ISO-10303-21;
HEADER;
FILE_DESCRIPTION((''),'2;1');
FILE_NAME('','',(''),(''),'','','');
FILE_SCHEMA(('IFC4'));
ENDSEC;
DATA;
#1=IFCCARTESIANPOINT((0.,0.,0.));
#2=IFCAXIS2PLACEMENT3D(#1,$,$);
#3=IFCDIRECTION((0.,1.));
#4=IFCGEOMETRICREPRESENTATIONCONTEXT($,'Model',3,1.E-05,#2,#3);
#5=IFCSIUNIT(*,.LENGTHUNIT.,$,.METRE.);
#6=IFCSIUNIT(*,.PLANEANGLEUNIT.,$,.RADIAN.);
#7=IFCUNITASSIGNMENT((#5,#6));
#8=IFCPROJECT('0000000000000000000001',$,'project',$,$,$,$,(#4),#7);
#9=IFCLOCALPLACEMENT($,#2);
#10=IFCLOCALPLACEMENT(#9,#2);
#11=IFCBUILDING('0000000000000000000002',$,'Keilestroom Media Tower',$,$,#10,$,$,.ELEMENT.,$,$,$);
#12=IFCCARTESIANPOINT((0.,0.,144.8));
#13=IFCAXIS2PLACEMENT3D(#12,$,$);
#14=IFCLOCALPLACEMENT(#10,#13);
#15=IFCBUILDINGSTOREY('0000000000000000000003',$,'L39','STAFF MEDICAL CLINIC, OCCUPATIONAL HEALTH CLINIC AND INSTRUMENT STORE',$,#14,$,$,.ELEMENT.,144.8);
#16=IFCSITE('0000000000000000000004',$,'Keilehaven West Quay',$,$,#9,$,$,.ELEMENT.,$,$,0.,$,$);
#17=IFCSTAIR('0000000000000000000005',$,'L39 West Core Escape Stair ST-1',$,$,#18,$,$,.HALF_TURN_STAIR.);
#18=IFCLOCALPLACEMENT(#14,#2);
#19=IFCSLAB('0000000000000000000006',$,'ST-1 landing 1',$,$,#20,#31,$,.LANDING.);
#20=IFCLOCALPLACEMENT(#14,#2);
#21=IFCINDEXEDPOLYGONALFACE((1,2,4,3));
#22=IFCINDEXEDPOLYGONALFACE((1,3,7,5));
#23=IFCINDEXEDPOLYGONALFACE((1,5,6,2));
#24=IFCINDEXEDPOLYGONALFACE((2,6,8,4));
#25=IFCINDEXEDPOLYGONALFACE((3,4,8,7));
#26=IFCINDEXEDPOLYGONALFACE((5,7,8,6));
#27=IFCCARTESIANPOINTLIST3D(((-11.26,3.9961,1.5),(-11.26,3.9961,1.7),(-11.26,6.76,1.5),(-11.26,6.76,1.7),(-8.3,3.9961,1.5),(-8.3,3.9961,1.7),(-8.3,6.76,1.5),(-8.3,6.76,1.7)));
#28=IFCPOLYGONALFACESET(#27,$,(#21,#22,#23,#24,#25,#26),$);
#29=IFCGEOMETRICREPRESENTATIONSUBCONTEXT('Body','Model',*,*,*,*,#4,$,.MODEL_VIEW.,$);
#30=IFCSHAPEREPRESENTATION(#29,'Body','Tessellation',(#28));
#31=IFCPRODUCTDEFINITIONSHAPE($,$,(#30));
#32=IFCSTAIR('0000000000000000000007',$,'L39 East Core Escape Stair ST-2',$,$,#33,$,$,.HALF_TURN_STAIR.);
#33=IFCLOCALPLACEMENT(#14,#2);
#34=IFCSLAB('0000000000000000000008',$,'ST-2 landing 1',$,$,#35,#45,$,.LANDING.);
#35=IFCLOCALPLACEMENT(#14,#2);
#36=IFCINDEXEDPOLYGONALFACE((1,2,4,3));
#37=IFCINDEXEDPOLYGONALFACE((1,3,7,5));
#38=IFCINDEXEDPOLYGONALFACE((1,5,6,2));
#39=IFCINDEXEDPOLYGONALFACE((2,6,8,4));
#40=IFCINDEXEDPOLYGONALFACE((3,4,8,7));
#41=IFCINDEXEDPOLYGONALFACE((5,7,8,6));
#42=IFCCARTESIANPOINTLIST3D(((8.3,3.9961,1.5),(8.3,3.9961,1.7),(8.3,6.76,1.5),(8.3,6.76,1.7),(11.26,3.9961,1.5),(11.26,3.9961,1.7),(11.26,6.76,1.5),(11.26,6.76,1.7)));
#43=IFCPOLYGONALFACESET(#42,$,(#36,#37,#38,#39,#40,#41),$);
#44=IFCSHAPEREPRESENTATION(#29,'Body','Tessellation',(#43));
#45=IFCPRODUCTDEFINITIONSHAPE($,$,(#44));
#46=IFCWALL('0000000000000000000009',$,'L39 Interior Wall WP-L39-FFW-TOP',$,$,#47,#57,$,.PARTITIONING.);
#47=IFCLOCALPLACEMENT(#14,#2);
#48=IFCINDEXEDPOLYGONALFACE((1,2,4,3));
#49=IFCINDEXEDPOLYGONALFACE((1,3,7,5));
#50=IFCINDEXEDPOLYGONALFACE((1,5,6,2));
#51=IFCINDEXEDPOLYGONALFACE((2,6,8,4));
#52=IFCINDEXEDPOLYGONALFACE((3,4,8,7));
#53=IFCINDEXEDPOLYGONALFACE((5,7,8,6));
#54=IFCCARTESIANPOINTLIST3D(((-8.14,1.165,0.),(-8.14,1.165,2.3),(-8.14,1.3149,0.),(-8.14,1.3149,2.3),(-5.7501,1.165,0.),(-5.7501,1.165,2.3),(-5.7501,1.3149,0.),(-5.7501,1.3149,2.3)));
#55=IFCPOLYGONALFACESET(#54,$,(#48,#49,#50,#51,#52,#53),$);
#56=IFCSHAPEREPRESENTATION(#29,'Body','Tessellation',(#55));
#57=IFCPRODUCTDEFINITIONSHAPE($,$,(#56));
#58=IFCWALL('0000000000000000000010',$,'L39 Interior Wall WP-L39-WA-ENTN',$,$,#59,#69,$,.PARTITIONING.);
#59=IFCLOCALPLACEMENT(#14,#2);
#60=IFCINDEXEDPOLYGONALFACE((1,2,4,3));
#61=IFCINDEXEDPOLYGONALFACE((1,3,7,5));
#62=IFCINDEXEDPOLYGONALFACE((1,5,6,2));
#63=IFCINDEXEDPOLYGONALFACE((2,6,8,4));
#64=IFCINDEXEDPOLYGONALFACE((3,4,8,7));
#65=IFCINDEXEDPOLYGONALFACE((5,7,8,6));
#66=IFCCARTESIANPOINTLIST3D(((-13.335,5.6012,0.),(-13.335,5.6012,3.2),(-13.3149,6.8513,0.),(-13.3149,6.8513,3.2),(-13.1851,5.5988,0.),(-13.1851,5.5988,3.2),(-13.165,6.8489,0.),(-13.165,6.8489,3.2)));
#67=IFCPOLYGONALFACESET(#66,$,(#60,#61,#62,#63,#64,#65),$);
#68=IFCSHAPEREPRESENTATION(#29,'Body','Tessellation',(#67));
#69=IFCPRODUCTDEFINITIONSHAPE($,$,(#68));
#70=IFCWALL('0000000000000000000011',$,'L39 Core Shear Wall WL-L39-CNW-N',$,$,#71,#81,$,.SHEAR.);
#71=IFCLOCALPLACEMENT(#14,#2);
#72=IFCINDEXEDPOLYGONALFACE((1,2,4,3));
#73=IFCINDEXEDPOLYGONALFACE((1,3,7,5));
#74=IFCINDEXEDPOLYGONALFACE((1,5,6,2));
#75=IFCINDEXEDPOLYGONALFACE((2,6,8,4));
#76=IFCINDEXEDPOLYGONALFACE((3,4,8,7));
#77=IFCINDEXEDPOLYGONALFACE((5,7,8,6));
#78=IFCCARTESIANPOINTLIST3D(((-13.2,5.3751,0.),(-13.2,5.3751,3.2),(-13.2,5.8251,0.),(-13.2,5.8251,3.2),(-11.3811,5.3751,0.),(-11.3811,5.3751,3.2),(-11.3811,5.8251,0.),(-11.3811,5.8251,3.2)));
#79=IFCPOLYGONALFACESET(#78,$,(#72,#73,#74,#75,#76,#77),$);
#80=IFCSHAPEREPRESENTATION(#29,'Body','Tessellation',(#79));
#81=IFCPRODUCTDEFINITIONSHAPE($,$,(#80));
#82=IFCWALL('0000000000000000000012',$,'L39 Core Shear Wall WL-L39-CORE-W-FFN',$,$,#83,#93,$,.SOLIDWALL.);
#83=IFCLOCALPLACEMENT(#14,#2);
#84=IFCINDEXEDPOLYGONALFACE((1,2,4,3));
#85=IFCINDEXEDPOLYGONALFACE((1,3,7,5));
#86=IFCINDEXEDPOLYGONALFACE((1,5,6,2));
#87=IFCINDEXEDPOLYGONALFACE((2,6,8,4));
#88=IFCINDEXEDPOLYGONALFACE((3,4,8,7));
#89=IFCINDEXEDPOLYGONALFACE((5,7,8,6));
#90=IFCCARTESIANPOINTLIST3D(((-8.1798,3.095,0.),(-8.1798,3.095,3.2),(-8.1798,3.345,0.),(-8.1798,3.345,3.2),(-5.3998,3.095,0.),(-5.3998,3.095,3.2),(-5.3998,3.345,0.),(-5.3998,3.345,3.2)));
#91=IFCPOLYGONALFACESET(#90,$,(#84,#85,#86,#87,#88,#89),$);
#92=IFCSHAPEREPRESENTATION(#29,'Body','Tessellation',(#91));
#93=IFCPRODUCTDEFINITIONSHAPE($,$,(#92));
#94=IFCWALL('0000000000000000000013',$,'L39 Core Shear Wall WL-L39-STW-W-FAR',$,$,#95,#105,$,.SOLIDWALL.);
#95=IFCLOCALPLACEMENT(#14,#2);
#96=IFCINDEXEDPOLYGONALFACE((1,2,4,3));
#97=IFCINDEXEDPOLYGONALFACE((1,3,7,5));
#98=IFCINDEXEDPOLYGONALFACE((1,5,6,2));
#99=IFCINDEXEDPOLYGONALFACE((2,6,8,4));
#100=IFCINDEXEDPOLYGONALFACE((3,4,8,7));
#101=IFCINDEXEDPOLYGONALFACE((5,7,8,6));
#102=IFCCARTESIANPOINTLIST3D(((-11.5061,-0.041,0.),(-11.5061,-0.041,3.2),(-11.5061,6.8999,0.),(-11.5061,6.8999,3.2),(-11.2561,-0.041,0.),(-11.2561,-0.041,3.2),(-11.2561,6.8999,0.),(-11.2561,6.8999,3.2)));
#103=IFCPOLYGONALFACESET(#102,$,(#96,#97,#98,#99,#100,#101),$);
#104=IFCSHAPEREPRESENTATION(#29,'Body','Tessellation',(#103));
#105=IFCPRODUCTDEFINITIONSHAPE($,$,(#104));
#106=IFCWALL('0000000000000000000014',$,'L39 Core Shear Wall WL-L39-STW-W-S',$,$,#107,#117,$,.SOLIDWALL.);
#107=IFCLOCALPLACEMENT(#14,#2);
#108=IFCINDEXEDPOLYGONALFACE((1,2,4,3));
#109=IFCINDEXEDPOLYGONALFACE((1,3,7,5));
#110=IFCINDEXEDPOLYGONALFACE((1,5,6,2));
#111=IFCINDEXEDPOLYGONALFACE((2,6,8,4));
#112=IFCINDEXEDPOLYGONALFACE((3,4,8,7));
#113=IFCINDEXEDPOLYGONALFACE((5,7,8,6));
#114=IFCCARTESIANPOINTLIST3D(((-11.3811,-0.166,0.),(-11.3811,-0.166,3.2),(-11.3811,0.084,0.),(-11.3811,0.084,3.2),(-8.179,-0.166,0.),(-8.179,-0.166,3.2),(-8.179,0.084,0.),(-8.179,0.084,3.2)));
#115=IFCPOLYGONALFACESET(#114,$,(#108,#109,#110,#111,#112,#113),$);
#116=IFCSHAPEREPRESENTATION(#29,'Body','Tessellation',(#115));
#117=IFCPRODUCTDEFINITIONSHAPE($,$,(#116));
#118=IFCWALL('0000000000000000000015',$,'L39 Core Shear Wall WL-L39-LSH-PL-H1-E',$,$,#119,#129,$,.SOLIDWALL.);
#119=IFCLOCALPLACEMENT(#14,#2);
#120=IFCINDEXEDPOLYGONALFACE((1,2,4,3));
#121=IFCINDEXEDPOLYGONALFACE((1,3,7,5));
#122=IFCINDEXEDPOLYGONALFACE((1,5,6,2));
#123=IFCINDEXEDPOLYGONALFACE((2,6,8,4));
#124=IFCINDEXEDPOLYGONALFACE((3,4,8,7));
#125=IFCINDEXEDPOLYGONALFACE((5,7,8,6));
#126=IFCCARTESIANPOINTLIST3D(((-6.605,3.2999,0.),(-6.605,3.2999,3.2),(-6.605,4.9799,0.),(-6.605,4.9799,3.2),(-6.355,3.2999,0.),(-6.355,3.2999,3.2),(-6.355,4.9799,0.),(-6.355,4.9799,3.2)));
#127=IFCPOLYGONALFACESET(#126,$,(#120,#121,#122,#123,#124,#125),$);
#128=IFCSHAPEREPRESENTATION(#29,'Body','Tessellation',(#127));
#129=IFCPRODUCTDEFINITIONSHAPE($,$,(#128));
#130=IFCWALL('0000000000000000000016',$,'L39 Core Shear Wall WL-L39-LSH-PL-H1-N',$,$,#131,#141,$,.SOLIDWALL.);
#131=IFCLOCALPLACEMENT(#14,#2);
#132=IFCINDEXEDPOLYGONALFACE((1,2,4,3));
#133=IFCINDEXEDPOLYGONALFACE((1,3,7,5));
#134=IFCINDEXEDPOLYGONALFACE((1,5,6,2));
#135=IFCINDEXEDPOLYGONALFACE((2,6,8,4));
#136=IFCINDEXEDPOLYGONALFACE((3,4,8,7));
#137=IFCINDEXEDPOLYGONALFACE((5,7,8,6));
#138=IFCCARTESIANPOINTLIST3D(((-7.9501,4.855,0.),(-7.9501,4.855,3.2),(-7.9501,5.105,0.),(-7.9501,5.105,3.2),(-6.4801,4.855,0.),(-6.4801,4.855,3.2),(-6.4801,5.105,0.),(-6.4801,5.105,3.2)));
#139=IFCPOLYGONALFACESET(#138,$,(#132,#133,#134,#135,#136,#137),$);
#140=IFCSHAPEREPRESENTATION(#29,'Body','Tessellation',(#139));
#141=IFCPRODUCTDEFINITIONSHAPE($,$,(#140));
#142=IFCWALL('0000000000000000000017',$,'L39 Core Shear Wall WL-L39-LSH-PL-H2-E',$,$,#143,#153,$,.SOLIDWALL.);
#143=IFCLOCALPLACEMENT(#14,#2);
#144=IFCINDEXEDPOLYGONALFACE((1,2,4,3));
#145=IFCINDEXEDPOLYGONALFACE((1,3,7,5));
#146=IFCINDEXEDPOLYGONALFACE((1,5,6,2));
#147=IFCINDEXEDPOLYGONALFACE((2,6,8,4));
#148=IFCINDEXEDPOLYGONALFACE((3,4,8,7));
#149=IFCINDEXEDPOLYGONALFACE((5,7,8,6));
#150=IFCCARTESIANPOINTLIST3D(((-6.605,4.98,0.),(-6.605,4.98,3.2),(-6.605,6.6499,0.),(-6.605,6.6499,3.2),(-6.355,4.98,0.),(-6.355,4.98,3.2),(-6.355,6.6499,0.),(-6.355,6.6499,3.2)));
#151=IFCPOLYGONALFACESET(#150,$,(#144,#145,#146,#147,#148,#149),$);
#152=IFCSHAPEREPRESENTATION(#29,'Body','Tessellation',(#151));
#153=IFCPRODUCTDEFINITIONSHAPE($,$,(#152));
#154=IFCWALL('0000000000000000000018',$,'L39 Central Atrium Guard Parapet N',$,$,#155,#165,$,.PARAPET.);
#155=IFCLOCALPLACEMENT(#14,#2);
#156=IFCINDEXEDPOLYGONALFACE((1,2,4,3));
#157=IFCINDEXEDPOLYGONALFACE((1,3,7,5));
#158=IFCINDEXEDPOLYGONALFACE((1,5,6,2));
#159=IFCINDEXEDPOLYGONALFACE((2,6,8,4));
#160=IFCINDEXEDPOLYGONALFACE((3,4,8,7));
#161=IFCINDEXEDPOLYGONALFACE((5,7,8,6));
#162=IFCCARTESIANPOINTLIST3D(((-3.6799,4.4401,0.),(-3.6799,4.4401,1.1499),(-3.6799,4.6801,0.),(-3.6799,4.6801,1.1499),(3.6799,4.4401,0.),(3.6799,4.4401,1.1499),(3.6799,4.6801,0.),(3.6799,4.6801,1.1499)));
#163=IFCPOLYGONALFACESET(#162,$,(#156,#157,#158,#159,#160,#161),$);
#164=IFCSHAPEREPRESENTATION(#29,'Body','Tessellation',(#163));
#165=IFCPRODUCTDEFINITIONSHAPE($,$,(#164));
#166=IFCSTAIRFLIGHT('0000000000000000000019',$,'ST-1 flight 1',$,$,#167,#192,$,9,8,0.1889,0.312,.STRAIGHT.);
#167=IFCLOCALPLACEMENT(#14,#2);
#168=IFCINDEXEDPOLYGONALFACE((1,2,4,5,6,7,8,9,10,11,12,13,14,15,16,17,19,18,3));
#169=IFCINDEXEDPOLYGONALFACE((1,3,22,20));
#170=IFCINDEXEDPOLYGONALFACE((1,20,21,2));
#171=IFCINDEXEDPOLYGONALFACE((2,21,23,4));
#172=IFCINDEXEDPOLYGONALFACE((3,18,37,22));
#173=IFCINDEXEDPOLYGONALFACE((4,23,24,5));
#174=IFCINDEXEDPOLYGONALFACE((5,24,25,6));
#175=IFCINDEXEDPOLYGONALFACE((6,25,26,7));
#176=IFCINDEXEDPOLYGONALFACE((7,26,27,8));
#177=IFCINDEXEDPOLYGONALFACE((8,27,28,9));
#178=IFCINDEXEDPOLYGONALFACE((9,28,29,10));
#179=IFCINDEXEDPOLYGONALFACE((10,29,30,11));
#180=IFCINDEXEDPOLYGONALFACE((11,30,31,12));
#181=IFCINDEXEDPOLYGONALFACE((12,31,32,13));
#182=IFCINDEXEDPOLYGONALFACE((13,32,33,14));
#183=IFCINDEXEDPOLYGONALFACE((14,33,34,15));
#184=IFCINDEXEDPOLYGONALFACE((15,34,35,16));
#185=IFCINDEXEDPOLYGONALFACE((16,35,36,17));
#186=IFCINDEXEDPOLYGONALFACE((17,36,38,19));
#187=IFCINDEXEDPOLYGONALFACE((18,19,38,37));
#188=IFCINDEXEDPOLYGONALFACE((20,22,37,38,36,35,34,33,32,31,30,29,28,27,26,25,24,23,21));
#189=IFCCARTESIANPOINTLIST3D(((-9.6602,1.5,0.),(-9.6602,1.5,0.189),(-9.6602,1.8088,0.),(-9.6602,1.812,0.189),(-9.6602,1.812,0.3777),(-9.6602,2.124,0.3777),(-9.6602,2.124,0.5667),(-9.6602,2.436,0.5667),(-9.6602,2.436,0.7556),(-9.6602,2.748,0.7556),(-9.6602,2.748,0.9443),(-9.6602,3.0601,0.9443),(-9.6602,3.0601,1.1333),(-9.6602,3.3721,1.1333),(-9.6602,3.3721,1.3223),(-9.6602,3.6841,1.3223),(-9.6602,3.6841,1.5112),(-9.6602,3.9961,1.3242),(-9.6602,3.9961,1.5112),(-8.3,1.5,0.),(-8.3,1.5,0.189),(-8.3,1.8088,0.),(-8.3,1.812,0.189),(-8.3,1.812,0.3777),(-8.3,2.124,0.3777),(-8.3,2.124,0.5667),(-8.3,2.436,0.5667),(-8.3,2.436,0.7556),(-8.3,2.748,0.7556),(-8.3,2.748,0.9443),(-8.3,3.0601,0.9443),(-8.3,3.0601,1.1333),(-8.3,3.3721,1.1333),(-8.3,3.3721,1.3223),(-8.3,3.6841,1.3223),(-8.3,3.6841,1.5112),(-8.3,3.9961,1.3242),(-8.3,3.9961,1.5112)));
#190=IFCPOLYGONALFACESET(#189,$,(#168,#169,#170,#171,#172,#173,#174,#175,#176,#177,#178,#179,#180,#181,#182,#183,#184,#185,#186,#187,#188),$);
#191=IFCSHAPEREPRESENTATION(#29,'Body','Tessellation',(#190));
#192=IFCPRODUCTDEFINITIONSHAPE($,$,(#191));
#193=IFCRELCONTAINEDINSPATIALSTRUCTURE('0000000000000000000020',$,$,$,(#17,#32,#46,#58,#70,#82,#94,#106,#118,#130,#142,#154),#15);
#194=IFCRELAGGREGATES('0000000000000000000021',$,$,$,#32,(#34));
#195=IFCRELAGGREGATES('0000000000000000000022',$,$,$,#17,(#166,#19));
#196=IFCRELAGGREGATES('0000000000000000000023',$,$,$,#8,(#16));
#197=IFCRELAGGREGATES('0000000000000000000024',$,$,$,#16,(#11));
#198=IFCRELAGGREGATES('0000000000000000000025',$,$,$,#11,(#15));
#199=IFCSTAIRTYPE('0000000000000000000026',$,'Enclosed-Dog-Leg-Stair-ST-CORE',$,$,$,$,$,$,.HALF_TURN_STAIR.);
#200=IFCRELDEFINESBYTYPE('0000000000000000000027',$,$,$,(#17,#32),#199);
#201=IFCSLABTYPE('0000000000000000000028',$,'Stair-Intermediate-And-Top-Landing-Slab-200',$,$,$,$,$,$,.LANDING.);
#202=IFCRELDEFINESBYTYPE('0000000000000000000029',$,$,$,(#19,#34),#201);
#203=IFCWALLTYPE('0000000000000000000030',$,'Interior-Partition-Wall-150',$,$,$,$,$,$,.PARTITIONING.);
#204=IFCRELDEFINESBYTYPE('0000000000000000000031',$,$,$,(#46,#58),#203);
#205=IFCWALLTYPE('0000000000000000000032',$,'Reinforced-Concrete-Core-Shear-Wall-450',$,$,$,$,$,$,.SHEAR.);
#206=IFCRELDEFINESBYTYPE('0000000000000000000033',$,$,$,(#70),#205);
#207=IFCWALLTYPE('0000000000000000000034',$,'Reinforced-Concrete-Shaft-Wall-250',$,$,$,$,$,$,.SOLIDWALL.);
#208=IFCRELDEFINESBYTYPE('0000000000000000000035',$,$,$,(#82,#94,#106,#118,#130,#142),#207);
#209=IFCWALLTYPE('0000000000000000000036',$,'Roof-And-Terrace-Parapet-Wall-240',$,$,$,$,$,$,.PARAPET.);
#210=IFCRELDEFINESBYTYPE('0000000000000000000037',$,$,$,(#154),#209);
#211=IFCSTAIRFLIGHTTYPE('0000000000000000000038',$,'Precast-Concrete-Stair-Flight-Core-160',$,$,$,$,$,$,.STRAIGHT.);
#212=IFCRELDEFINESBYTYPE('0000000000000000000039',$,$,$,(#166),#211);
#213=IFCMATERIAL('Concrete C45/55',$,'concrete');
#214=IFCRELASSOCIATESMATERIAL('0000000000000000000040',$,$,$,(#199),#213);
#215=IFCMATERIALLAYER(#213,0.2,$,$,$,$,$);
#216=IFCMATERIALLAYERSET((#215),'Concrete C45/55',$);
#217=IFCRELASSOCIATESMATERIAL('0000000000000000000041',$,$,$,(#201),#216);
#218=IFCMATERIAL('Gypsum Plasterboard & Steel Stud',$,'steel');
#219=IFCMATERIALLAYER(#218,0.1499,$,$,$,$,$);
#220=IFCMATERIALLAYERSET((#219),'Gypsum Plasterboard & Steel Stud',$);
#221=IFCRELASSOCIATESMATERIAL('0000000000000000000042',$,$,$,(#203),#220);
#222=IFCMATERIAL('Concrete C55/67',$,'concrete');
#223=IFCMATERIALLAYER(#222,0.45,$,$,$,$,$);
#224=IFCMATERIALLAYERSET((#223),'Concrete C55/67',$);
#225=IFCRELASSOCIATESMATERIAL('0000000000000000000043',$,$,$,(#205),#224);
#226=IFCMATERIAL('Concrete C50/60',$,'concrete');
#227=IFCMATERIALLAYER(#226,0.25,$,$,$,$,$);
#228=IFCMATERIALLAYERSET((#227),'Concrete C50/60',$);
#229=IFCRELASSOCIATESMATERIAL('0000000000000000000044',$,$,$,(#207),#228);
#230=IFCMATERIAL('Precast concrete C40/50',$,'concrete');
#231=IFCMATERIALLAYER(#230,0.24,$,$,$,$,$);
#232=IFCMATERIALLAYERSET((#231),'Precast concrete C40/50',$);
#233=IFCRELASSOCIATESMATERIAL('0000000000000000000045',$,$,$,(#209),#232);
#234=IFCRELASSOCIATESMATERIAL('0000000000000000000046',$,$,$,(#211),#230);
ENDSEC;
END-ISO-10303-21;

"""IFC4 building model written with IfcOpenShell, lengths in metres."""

from ifc_helpers import new_model, si_unit, direction, frame, frame_2d, origin, place, context, subcontext, project, spatial, polyline, rectangle, outline, extrude, material, layer, layer_set, type_object, element, aggregate, save


model = new_model("IFC4")

# Units and contexts
model_context = context("Model", 3, precision=1e-05, world=origin(), true_north=direction((0.0, 1.0)))
body_context = subcontext(model_context, "Body", "Model", "MODEL_VIEW")
ifc_project = project(units=[si_unit("LENGTHUNIT", "METRE"), si_unit("PLANEANGLEUNIT", "RADIAN")], contexts=[model_context])

# Site, building, storey
site_placement = place(None, origin())
site = spatial("IfcSite", under=ifc_project, at=site_placement, Name="Keilehaven West Quay", CompositionType="ELEMENT", RefElevation=0.0)
building_placement = place(site_placement, origin())
building = spatial("IfcBuilding", under=site, at=building_placement, Name="Keilestroom Media Tower", CompositionType="ELEMENT")
storey_placement = place(building_placement, frame((0.0, 0.0, 144.8)))
storey = spatial("IfcBuildingStorey", under=building, at=storey_placement, Name="L39", Description="STAFF MEDICAL CLINIC, OCCUPATIONAL HEALTH CLINIC AND INSTRUMENT STORE", CompositionType="ELEMENT", Elevation=144.8)

# Shared definitions
ifc_material_1 = material(Name="Concrete C50/60", Category="concrete")

# Stairs, slabs
ifc_material_2 = material(Name="Concrete C45/55", Category="concrete")
stair_type = type_object("IfcStairType", Name="Enclosed-Dog-Leg-Stair-ST-CORE", PredefinedType="HALF_TURN_STAIR", material=ifc_material_2)
stair_1_placement = place(storey_placement, origin())
stair_1 = element("IfcStair", 1, at=stair_1_placement, inside=storey, type_object=stair_type, Name="L39 West Core Escape Stair ST-1", PredefinedType="HALF_TURN_STAIR")
ifc_layer_1 = layer(ifc_material_2, 0.2)
ifc_layer_set_1 = layer_set([ifc_layer_1], Name="Concrete C45/55")
slab_type_1 = type_object("IfcSlabType", Name="Stair-Intermediate-And-Top-Landing-Slab-200", PredefinedType="LANDING", material=ifc_layer_set_1)
slab_1_placement = place(storey_placement, frame((0.0, 0.0, 1.5)))
slab_1 = element("IfcSlab", 2, at=slab_1_placement, type_object=slab_type_1, Name="ST-1 landing 1", PredefinedType="LANDING", context=body_context, shape_type="SweptSolid", body=[
    extrude(outline(polyline([(-8.3, 3.9961), (-8.3, 6.76), (-11.26, 6.76), (-11.26, 3.9961), (-8.3, 3.9961)])), origin(), (0.0, 0.0, 1.0), 0.2),
])
stair_2_placement = place(storey_placement, origin())
stair_2 = element("IfcStair", 3, at=stair_2_placement, inside=storey, type_object=stair_type, Name="L39 East Core Escape Stair ST-2", PredefinedType="HALF_TURN_STAIR")
slab_2_placement = place(storey_placement, frame((0.0, 0.0, 1.5)))
slab_2 = element("IfcSlab", 4, at=slab_2_placement, type_object=slab_type_1, Name="ST-2 landing 1", PredefinedType="LANDING", context=body_context, shape_type="SweptSolid", body=[
    extrude(outline(polyline([(11.26, 3.9961), (11.26, 6.76), (8.3, 6.76), (8.3, 3.9961), (11.26, 3.9961)])), origin(), (0.0, 0.0, 1.0), 0.2),
])
aggregate(stair_2, [slab_2])

# Walls
ifc_material_3 = material(Name="Gypsum Plasterboard & Steel Stud", Category="steel")
ifc_layer_2 = layer(ifc_material_3, 0.1499)
ifc_layer_set_2 = layer_set([ifc_layer_2], Name="Gypsum Plasterboard & Steel Stud")
wall_type_1 = type_object("IfcWallType", Name="Interior-Partition-Wall-150", PredefinedType="PARTITIONING", material=ifc_layer_set_2)
wall_1_placement = place(storey_placement, frame((-8.1399, 1.24, 0.0), z_axis=(0.0, 0.0, 1.0), x_axis=(1.0, 0.0, 0.0)))
element("IfcWall", 5, at=wall_1_placement, inside=storey, type_object=wall_type_1, Name="L39 Interior Wall WP-L39-FFW-TOP", PredefinedType="PARTITIONING", context=body_context, shape_type="SweptSolid", body=[
    extrude(rectangle(XDim=2.3899, YDim=0.1499, at=frame_2d((1.1948, 0.0))), origin(), (0.0, 0.0, 1.0), 2.3),
])
wall_2_placement = place(storey_placement, frame((-13.26, 5.6001, 0.0), z_axis=(0.0, 0.0, 1.0), x_axis=(0.016014, 0.999872, 0.0)))
element("IfcWall", 6, at=wall_2_placement, inside=storey, type_object=wall_type_1, Name="L39 Interior Wall WP-L39-WA-ENTN", PredefinedType="PARTITIONING", context=body_context, shape_type="SweptSolid", body=[
    extrude(rectangle(XDim=1.2502, YDim=0.1499, at=frame_2d((0.625, 0.0))), origin(), (0.0, 0.0, 1.0), 3.2),
])
ifc_material_4 = material(Name="Concrete C55/67", Category="concrete")
ifc_layer_3 = layer(ifc_material_4, 0.45)
ifc_layer_set_3 = layer_set([ifc_layer_3], Name="Concrete C55/67")
wall_type_2 = type_object("IfcWallType", Name="Reinforced-Concrete-Core-Shear-Wall-450", PredefinedType="SHEAR", material=ifc_layer_set_3)
wall_3_placement = place(storey_placement, frame((-13.2, 5.6001, 0.0), z_axis=(0.0, 0.0, 1.0), x_axis=(1.0, 0.0, 0.0)))
element("IfcWall", 7, at=wall_3_placement, inside=storey, type_object=wall_type_2, Name="L39 Core Shear Wall WL-L39-CNW-N", PredefinedType="SHEAR", context=body_context, shape_type="SweptSolid", body=[
    extrude(rectangle(XDim=1.8188, YDim=0.45, at=frame_2d((0.9094, 0.0))), origin(), (0.0, 0.0, 1.0), 3.2),
])
ifc_layer_4 = layer(ifc_material_1, 0.25)
ifc_layer_set_4 = layer_set([ifc_layer_4], Name="Concrete C50/60")
wall_type_3 = type_object("IfcWallType", Name="Reinforced-Concrete-Shaft-Wall-250", PredefinedType="SOLIDWALL", material=ifc_layer_set_4)
wall_4_placement = place(storey_placement, frame((-8.1799, 3.22, 0.0), z_axis=(0.0, 0.0, 1.0), x_axis=(1.0, 0.0, 0.0)))
element("IfcWall", 8, at=wall_4_placement, inside=storey, type_object=wall_type_3, Name="L39 Core Shear Wall WL-L39-CORE-W-FFN", PredefinedType="SOLIDWALL", context=body_context, shape_type="SweptSolid", body=[
    extrude(rectangle(XDim=2.78, YDim=0.25, at=frame_2d((1.3901, 0.0))), origin(), (0.0, 0.0, 1.0), 3.2),
])
wall_5_placement = place(storey_placement, frame((-11.3811, -0.041, 0.0), z_axis=(0.0, 0.0, 1.0), x_axis=(0.0, 1.0, 0.0)))
element("IfcWall", 9, at=wall_5_placement, inside=storey, type_object=wall_type_3, Name="L39 Core Shear Wall WL-L39-STW-W-FAR", PredefinedType="SOLIDWALL", context=body_context, shape_type="SweptSolid", body=[
    extrude(rectangle(XDim=6.9409, YDim=0.25, at=frame_2d((3.4705, 0.0))), origin(), (0.0, 0.0, 1.0), 3.2),
])
wall_6_placement = place(storey_placement, frame((-11.3811, -0.041, 0.0), z_axis=(0.0, 0.0, 1.0), x_axis=(1.0, 0.0, 0.0)))
element("IfcWall", 10, at=wall_6_placement, inside=storey, type_object=wall_type_3, Name="L39 Core Shear Wall WL-L39-STW-W-S", PredefinedType="SOLIDWALL", context=body_context, shape_type="SweptSolid", body=[
    extrude(rectangle(XDim=3.2021, YDim=0.25, at=frame_2d((1.6011, 0.0))), origin(), (0.0, 0.0, 1.0), 3.2),
])
wall_7_placement = place(storey_placement, frame((-6.48, 3.3, 0.0), z_axis=(0.0, 0.0, 1.0), x_axis=(0.0, 1.0, 0.0)))
element("IfcWall", 11, at=wall_7_placement, inside=storey, type_object=wall_type_3, Name="L39 Core Shear Wall WL-L39-LSH-PL-H1-E", PredefinedType="SOLIDWALL", context=body_context, shape_type="SweptSolid", body=[
    extrude(rectangle(XDim=1.6799, YDim=0.25, at=frame_2d((0.8398, 0.0))), origin(), (0.0, 0.0, 1.0), 3.2),
])
wall_8_placement = place(storey_placement, frame((-7.95, 4.98, 0.0), z_axis=(0.0, 0.0, 1.0), x_axis=(1.0, 0.0, 0.0)))
element("IfcWall", 12, at=wall_8_placement, inside=storey, type_object=wall_type_3, Name="L39 Core Shear Wall WL-L39-LSH-PL-H1-N", PredefinedType="SOLIDWALL", context=body_context, shape_type="SweptSolid", body=[
    extrude(rectangle(XDim=1.47, YDim=0.25, at=frame_2d((0.7349, 0.0))), origin(), (0.0, 0.0, 1.0), 3.2),
])
wall_9_placement = place(storey_placement, frame((-6.48, 4.98, 0.0), z_axis=(0.0, 0.0, 1.0), x_axis=(0.0, 1.0, 0.0)))
element("IfcWall", 13, at=wall_9_placement, inside=storey, type_object=wall_type_3, Name="L39 Core Shear Wall WL-L39-LSH-PL-H2-E", PredefinedType="SOLIDWALL", context=body_context, shape_type="SweptSolid", body=[
    extrude(rectangle(XDim=1.6699, YDim=0.25, at=frame_2d((0.835, 0.0))), origin(), (0.0, 0.0, 1.0), 3.2),
])
ifc_material_5 = material(Name="Precast concrete C40/50", Category="concrete")
ifc_layer_5 = layer(ifc_material_5, 0.24)
ifc_layer_set_5 = layer_set([ifc_layer_5], Name="Precast concrete C40/50")
wall_type_4 = type_object("IfcWallType", Name="Roof-And-Terrace-Parapet-Wall-240", PredefinedType="PARAPET", material=ifc_layer_set_5)
wall_10_placement = place(storey_placement, frame((-3.6799, 4.5601, 0.0), z_axis=(0.0, 0.0, 1.0), x_axis=(1.0, 0.0, 0.0)))
element("IfcWall", 14, at=wall_10_placement, inside=storey, type_object=wall_type_4, Name="L39 Central Atrium Guard Parapet N", PredefinedType="PARAPET", context=body_context, shape_type="SweptSolid", body=[
    extrude(rectangle(XDim=7.3599, YDim=0.24, at=frame_2d((3.6799, 0.0))), origin(), (0.0, 0.0, 1.0), 1.1499),
])

# Stair flight
stair_flight_type = type_object("IfcStairFlightType", Name="Precast-Concrete-Stair-Flight-Core-160", PredefinedType="STRAIGHT", material=ifc_material_5)
stair_flight_1_placement = place(storey_placement, frame((-8.98, 1.5, 0.0), z_axis=(0.0, 0.0, 1.0), x_axis=(0.0, 1.0, 0.0)))
stair_flight_1 = element("IfcStairFlight", 15, at=stair_flight_1_placement, type_object=stair_flight_type, Name="ST-1 flight 1", NumberOfRisers=9, NumberOfTreads=8, PredefinedType="STRAIGHT", RiserHeight=0.1889, TreadLength=0.312, context=body_context, shape_type="SweptSolid", body=[
    extrude(outline(polyline([(0.0, 0.0), (0.0, 0.189), (0.312, 0.189), (0.312, 0.3777), (0.624, 0.3777), (0.624, 0.5667), (0.936, 0.5667), (0.936, 0.7556), (1.248, 0.7556), (1.248, 0.9443), (1.5601, 0.9443), (1.5601, 1.1333), (1.8721, 1.1333), (1.8721, 1.3223), (2.1841, 1.3223), (2.1841, 1.5112), (2.4961, 1.5112), (2.4961, 1.7), (2.4961, 1.3242), (0.3088, 0.0), (0.0, 0.0)])), frame((0.0, 0.6802, 0.0), z_axis=(0.0, -1.0, 0.0), x_axis=(1.0, 0.0, 0.0)), (0.0, 0.0, 1.0), 1.3601),
])
aggregate(stair_1, [stair_flight_1, slab_1])

save(model, "model.ifc")
